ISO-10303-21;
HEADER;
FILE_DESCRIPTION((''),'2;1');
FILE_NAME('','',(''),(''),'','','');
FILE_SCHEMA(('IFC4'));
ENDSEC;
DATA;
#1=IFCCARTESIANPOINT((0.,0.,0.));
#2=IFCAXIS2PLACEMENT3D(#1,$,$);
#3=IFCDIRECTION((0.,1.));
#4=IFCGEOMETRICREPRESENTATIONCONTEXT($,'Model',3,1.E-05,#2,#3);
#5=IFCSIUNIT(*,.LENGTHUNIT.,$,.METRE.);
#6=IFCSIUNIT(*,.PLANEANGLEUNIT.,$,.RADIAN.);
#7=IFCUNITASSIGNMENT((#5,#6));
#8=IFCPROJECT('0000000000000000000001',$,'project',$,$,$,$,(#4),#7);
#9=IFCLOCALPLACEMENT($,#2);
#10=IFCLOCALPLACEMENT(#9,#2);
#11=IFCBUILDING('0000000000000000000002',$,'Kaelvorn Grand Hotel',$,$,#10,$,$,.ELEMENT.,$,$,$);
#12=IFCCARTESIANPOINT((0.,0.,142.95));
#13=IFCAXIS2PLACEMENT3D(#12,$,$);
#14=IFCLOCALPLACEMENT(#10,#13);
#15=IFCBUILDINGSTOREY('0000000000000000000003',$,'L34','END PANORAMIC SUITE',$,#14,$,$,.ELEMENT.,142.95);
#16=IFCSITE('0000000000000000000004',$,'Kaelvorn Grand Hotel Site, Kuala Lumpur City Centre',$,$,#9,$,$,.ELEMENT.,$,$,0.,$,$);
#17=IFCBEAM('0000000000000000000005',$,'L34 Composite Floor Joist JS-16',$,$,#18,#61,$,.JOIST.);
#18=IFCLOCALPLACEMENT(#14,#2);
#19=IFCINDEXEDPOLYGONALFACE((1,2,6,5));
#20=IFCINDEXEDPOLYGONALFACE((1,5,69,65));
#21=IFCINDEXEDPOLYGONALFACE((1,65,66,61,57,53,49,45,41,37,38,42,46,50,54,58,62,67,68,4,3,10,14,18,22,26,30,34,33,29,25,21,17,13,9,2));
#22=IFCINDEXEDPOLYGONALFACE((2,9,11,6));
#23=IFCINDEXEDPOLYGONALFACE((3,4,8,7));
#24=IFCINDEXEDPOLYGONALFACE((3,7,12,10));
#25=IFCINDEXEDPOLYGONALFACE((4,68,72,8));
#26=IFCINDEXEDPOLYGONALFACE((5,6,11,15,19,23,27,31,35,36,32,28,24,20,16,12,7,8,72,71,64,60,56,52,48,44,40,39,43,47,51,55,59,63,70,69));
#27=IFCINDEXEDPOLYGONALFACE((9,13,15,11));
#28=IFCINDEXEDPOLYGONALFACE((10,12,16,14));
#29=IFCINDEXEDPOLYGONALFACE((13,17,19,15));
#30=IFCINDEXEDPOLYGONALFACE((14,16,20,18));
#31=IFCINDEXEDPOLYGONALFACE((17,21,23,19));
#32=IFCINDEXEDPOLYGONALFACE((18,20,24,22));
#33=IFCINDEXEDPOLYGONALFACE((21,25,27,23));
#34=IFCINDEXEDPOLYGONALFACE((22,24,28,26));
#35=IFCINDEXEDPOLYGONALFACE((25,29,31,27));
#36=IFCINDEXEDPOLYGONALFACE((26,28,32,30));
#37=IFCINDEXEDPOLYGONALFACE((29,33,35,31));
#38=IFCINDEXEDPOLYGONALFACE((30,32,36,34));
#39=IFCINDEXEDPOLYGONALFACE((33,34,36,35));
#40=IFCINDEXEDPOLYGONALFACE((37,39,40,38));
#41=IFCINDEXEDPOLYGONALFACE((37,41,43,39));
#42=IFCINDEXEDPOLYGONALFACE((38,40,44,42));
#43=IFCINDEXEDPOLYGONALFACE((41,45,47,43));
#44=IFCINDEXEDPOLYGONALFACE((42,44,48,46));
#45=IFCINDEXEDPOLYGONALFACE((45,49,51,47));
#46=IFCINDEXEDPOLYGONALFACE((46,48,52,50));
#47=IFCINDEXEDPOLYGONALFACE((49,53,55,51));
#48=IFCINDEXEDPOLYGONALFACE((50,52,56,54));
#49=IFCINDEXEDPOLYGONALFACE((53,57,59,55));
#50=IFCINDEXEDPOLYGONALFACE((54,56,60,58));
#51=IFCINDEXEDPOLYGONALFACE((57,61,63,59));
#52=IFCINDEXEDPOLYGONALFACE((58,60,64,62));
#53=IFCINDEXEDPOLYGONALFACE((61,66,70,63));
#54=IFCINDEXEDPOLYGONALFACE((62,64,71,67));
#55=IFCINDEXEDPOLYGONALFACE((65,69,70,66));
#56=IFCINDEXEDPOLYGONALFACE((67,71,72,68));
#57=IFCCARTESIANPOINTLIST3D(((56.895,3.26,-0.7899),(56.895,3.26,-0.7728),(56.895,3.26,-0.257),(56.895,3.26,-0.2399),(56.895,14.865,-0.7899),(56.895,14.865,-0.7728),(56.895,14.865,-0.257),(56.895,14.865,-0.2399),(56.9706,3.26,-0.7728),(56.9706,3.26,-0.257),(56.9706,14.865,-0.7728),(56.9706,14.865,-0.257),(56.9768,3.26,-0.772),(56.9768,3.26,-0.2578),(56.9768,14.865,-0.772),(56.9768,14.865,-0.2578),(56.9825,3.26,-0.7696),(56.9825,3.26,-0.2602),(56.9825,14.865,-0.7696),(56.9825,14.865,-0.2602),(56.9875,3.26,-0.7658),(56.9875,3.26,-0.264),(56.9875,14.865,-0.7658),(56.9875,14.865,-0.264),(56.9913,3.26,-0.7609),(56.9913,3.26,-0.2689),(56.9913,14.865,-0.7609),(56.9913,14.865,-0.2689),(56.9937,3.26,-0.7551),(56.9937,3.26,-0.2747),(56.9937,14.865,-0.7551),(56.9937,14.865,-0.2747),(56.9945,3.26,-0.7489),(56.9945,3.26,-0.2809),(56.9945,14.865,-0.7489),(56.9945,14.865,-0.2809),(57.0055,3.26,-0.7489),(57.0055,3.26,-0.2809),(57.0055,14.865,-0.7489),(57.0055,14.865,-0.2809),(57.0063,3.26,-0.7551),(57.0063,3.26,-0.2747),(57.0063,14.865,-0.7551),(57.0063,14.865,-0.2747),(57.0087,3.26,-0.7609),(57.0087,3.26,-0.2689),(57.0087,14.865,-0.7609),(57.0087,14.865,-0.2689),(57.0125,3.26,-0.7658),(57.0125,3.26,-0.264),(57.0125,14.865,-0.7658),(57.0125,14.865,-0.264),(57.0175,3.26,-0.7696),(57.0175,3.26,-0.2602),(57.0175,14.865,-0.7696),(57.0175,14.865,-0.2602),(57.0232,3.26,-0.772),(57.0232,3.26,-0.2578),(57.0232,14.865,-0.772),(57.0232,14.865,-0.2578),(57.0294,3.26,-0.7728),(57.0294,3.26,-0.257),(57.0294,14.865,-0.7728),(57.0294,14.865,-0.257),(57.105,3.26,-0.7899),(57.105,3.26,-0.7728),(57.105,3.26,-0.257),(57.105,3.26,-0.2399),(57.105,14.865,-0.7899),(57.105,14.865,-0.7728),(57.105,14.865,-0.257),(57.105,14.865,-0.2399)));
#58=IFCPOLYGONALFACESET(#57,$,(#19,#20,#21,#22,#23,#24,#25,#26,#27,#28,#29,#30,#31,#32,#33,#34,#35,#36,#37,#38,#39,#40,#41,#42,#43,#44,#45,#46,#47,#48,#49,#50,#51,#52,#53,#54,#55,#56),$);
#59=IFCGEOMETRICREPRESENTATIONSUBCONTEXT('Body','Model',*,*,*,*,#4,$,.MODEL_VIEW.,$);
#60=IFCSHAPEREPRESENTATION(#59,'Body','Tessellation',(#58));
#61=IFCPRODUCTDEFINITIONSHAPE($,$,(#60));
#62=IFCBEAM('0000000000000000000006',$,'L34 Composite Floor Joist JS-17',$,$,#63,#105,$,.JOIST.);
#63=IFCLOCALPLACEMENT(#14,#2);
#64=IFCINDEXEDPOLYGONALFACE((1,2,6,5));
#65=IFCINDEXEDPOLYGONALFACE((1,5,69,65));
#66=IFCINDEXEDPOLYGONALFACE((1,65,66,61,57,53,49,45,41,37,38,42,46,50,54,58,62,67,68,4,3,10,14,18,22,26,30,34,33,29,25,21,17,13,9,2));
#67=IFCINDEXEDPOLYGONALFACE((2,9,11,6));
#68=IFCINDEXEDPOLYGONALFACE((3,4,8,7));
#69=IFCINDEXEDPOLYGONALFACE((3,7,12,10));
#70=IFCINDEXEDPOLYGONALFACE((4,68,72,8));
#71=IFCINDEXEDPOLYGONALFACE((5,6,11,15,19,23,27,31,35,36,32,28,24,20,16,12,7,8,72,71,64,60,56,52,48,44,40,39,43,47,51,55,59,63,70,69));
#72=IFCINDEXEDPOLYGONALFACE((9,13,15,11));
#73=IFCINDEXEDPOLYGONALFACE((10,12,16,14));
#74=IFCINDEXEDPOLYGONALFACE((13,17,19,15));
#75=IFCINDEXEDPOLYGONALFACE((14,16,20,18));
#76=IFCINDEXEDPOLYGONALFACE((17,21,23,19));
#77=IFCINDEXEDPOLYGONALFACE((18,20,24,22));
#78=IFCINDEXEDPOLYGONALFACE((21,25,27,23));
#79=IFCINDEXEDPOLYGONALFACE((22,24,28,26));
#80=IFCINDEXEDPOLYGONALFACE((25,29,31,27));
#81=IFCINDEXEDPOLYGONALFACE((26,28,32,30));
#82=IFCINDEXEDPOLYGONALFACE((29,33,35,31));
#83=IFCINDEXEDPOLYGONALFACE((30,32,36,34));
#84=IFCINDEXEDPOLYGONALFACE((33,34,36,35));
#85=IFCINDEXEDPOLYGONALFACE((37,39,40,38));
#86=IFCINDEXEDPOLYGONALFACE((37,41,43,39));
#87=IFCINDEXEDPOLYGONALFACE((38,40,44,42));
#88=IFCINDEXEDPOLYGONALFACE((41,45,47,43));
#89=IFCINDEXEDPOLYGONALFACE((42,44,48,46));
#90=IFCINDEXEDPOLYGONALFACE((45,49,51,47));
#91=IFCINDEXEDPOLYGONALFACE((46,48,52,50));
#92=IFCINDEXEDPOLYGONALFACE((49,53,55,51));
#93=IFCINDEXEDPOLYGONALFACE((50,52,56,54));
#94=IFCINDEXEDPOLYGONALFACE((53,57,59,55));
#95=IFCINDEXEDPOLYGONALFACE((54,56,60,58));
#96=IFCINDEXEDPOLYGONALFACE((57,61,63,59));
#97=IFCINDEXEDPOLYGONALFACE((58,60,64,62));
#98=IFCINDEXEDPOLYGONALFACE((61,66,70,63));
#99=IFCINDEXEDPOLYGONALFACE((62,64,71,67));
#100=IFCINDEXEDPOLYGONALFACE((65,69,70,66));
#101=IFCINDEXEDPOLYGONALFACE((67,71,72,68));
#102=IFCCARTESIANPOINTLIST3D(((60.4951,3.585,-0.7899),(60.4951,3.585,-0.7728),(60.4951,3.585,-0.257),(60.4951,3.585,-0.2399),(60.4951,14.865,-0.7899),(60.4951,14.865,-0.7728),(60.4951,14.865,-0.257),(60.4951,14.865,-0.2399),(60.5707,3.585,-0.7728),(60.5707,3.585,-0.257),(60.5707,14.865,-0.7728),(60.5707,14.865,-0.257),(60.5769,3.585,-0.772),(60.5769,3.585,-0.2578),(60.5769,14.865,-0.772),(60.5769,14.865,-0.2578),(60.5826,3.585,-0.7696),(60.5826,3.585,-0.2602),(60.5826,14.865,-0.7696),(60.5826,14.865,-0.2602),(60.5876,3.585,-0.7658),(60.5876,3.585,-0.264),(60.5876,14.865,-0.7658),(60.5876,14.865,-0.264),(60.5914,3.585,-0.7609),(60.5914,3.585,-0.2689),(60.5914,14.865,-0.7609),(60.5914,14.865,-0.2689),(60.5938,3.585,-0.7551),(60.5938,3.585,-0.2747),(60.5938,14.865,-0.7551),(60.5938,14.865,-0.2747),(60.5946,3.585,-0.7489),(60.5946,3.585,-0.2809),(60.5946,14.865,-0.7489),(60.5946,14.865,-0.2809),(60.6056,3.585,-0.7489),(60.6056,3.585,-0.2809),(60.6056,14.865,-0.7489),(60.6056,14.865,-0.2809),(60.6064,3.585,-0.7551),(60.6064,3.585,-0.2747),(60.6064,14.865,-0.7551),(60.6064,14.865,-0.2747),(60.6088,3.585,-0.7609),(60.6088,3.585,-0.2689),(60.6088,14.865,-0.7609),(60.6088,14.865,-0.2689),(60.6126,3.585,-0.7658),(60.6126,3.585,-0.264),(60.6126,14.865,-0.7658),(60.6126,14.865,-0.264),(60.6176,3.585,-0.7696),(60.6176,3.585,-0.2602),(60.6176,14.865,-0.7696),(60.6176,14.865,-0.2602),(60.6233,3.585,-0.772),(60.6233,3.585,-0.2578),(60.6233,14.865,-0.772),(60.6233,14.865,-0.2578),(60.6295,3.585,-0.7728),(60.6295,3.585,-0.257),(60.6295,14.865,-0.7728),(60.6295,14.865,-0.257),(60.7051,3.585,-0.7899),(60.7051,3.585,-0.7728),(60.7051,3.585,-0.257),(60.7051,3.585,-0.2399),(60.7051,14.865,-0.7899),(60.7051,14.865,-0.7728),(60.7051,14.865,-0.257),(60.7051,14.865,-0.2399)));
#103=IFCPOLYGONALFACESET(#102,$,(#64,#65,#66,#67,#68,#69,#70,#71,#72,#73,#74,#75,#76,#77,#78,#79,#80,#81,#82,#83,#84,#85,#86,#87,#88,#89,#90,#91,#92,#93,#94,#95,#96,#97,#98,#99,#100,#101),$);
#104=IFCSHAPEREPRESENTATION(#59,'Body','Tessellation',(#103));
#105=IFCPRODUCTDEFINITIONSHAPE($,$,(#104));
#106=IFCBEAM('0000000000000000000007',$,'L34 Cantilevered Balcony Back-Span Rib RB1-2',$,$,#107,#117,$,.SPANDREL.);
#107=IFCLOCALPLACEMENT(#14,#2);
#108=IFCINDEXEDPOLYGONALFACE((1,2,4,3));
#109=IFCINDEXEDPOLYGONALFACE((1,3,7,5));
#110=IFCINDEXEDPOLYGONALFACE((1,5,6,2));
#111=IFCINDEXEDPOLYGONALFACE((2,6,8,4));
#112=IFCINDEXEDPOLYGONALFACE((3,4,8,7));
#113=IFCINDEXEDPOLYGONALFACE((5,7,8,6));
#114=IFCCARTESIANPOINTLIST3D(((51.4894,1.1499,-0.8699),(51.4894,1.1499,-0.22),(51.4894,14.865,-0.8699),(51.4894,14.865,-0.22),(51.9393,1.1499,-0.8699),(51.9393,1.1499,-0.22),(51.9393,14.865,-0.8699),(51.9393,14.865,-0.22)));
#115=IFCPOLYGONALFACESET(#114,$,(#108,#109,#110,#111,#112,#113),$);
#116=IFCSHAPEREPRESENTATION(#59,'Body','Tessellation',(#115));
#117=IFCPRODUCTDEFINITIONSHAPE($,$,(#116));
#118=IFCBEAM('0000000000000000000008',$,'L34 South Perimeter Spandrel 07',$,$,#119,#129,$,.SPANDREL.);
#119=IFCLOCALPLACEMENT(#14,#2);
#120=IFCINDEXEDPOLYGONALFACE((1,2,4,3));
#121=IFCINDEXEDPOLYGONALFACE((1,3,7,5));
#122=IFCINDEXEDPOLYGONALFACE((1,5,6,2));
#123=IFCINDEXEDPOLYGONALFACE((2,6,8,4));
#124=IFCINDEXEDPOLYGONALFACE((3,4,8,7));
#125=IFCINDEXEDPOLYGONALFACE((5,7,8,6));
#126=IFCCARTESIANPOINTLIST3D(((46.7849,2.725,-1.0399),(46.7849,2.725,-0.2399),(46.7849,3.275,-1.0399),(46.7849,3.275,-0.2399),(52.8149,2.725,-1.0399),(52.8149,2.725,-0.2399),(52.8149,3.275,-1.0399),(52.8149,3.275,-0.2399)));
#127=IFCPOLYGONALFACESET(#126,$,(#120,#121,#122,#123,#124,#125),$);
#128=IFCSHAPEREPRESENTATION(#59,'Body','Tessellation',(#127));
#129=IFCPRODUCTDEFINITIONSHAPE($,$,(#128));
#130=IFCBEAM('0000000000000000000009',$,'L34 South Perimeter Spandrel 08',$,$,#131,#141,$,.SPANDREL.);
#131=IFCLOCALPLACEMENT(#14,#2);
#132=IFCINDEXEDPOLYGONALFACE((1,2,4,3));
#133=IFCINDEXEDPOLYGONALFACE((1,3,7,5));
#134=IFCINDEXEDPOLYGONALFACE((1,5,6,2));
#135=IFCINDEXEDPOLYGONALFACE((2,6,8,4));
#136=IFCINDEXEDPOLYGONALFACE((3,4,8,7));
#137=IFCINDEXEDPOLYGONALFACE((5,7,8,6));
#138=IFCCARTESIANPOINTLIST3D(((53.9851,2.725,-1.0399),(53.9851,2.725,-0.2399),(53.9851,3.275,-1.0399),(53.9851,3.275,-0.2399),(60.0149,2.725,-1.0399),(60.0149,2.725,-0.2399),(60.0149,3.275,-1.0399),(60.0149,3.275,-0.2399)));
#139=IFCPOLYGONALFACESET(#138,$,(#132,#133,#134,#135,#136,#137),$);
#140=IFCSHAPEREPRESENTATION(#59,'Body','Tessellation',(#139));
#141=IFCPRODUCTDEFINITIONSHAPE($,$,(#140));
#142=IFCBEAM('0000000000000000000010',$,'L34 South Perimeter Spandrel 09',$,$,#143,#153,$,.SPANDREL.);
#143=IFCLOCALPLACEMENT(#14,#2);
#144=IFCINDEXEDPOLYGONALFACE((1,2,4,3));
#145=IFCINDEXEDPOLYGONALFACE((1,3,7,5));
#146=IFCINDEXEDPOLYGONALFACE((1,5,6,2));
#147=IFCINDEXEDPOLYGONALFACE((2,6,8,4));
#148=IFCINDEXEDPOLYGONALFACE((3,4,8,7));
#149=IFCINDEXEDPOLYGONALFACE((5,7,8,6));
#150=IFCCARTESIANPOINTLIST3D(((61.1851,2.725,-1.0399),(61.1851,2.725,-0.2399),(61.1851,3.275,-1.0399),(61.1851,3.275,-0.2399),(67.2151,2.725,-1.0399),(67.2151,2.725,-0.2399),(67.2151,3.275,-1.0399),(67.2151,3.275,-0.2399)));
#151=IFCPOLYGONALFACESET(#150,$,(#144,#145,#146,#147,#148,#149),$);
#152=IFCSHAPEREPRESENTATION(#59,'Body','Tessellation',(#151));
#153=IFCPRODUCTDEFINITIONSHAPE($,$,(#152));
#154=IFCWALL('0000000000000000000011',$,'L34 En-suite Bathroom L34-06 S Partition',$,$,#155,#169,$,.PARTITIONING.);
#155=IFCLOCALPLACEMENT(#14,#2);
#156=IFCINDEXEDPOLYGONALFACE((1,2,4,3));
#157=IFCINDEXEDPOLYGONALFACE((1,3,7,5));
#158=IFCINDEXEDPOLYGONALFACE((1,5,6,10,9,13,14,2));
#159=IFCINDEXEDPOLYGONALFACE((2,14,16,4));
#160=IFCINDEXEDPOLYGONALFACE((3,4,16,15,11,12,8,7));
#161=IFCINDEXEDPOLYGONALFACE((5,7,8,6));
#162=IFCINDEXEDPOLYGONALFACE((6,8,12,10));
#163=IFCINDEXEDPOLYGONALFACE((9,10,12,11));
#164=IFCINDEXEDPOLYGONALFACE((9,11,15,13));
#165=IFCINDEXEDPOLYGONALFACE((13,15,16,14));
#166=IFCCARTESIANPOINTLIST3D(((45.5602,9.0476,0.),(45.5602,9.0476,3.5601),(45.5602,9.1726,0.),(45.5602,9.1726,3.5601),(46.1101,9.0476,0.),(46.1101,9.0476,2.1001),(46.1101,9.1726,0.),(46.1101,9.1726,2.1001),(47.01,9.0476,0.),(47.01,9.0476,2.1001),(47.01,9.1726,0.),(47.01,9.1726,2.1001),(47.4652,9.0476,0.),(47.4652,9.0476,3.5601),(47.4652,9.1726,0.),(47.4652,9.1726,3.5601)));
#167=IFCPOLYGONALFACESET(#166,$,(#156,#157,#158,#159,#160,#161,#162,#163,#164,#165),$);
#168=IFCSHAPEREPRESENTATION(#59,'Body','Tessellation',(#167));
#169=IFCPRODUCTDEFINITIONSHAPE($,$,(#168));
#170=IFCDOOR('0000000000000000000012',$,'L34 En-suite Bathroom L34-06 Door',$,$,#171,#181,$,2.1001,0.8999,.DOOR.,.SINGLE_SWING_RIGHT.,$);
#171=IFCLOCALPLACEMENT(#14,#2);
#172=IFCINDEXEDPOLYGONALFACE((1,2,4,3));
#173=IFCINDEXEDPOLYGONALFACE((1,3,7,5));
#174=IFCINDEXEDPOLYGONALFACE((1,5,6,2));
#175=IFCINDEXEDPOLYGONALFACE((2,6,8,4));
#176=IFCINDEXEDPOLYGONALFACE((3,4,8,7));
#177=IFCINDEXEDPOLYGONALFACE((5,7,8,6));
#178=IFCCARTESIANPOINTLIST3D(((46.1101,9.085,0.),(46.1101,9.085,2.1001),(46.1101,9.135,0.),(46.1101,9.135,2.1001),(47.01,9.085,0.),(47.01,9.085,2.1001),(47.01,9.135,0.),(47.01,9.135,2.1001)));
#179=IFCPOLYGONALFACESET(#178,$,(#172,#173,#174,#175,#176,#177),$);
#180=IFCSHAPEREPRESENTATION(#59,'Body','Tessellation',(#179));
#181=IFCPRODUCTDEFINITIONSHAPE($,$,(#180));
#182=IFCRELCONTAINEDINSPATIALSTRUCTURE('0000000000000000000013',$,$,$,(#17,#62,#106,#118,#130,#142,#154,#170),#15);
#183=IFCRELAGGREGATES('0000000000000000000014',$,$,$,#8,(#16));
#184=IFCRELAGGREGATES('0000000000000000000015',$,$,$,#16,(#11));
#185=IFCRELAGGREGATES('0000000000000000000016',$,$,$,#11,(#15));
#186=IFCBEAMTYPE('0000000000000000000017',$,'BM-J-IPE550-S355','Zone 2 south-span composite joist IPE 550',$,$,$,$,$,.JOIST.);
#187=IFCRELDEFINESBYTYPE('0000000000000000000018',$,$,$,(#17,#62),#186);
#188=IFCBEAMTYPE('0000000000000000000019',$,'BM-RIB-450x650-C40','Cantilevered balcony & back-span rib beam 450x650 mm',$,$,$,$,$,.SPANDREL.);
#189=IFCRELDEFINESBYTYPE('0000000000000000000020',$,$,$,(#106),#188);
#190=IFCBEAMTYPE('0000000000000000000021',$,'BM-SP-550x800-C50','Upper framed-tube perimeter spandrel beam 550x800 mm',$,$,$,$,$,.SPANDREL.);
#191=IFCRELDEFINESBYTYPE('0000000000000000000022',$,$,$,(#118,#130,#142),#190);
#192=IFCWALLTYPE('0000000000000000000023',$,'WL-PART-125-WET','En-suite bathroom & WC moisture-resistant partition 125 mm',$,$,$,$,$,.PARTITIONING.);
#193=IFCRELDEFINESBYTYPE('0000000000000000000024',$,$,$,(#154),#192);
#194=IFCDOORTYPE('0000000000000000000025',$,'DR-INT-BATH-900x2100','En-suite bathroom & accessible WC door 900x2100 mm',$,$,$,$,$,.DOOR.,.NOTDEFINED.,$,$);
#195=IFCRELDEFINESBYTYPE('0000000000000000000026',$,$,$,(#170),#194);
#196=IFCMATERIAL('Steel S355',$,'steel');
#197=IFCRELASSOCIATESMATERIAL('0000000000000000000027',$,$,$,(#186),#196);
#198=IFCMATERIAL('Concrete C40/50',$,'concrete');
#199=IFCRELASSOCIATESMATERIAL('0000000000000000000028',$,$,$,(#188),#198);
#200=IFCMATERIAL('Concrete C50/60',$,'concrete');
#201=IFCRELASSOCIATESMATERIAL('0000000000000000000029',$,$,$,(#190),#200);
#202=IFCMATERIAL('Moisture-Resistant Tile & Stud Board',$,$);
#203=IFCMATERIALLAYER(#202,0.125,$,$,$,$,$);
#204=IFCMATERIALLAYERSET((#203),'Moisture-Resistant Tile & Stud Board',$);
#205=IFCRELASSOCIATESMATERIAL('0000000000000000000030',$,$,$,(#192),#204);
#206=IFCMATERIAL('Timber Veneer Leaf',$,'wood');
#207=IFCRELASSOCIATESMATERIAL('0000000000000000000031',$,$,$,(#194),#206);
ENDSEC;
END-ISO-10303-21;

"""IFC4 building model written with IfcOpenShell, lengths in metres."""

from ifc_helpers import new_model, si_unit, direction, frame, frame_2d, origin, origin_2d, place, context, subcontext, project, spatial, rectangle, i_section, extrude, material, layer, layer_set, material_profile, profile_set, type_object, element, fill, save


model = new_model("IFC4")

# Units and contexts
model_context = context("Model", 3, precision=1e-05, world=origin(), true_north=direction((0.0, 1.0)))
body_context = subcontext(model_context, "Body", "Model", "MODEL_VIEW")
ifc_project = project(units=[si_unit("LENGTHUNIT", "METRE"), si_unit("PLANEANGLEUNIT", "RADIAN")], contexts=[model_context])

# Site, building, storey
site_placement = place(None, origin())
site = spatial("IfcSite", under=ifc_project, at=site_placement, Name="Kaelvorn Grand Hotel Site, Kuala Lumpur City Centre", CompositionType="ELEMENT", RefElevation=0.0)
building_placement = place(site_placement, origin())
building = spatial("IfcBuilding", under=site, at=building_placement, Name="Kaelvorn Grand Hotel", CompositionType="ELEMENT")
storey_placement = place(building_placement, frame((0.0, 0.0, 142.95)))
storey = spatial("IfcBuildingStorey", under=building, at=storey_placement, Name="L34", Description="END PANORAMIC SUITE", CompositionType="ELEMENT", Elevation=142.95)

# Beams
ifc_material_1 = material(Name="Steel S355", Category="steel")
ifc_material_profile_1 = material_profile(ifc_material_1, i_section(OverallWidth=0.21, OverallDepth=0.55, WebThickness=0.011, FlangeThickness=0.0171, FilletRadius=0.0239, at=origin_2d()), Name="IPE 550")
ifc_profile_set_1 = profile_set([ifc_material_profile_1], Name="Steel S355")
beam_type_1 = type_object("IfcBeamType", Name="BM-J-IPE550-S355", Description="Zone 2 south-span composite joist IPE 550", PredefinedType="JOIST", material=ifc_profile_set_1)
beam_1_placement = place(storey_placement, frame((57.0, 3.26, -0.5149), z_axis=(0.0, 1.0, 0.0), x_axis=(-1.0, 0.0, 0.0)))
element("IfcBeam", 1, at=beam_1_placement, inside=storey, type_object=beam_type_1, Name="L34 Composite Floor Joist JS-16", PredefinedType="JOIST", context=body_context, shape_type="SweptSolid", body=[
    extrude(i_section(OverallWidth=0.21, OverallDepth=0.55, WebThickness=0.011, FlangeThickness=0.0171, FilletRadius=0.0239, at=origin_2d()), origin(), (0.0, 0.0, 1.0), 11.605),
])
beam_2_placement = place(storey_placement, frame((60.6001, 3.585, -0.5149), z_axis=(0.0, 1.0, 0.0), x_axis=(-1.0, 0.0, 0.0)))
element("IfcBeam", 2, at=beam_2_placement, inside=storey, type_object=beam_type_1, Name="L34 Composite Floor Joist JS-17", PredefinedType="JOIST", context=body_context, shape_type="SweptSolid", body=[
    extrude(i_section(OverallWidth=0.21, OverallDepth=0.55, WebThickness=0.011, FlangeThickness=0.0171, FilletRadius=0.0239, at=origin_2d()), origin(), (0.0, 0.0, 1.0), 11.28),
])
ifc_material_2 = material(Name="Concrete C40/50", Category="concrete")
ifc_material_profile_2 = material_profile(ifc_material_2, rectangle(XDim=0.45, YDim=0.6499, at=origin_2d()), Name="RC RIB 450x650")
ifc_profile_set_2 = profile_set([ifc_material_profile_2], Name="Concrete C40/50")
beam_type_2 = type_object("IfcBeamType", Name="BM-RIB-450x650-C40", Description="Cantilevered balcony & back-span rib beam 450x650 mm", PredefinedType="SPANDREL", material=ifc_profile_set_2)
beam_3_placement = place(storey_placement, frame((51.7144, 1.1499, -0.5449), z_axis=(0.0, 1.0, 0.0), x_axis=(-1.0, 0.0, 0.0)))
element("IfcBeam", 3, at=beam_3_placement, inside=storey, type_object=beam_type_2, Name="L34 Cantilevered Balcony Back-Span Rib RB1-2", PredefinedType="SPANDREL", context=body_context, shape_type="SweptSolid", body=[
    extrude(rectangle(XDim=0.45, YDim=0.6499, at=origin_2d()), origin(), (0.0, 0.0, 1.0), 13.7151),
])
ifc_material_3 = material(Name="Concrete C50/60", Category="concrete")
ifc_material_profile_3 = material_profile(ifc_material_3, rectangle(XDim=0.55, YDim=0.8, at=origin_2d()), Name="RC SPANDREL 550x800")
ifc_profile_set_3 = profile_set([ifc_material_profile_3], Name="Concrete C50/60")
beam_type_3 = type_object("IfcBeamType", Name="BM-SP-550x800-C50", Description="Upper framed-tube perimeter spandrel beam 550x800 mm", PredefinedType="SPANDREL", material=ifc_profile_set_3)
beam_4_placement = place(storey_placement, frame((46.7849, 3.0, -0.6399), z_axis=(1.0, 0.0, 0.0), x_axis=(0.0, 1.0, 0.0)))
element("IfcBeam", 4, at=beam_4_placement, inside=storey, type_object=beam_type_3, Name="L34 South Perimeter Spandrel 07", PredefinedType="SPANDREL", context=body_context, shape_type="SweptSolid", body=[
    extrude(rectangle(XDim=0.55, YDim=0.8, at=origin_2d()), origin(), (0.0, 0.0, 1.0), 6.03),
])
beam_5_placement = place(storey_placement, frame((53.9851, 3.0, -0.6399), z_axis=(1.0, 0.0, 0.0), x_axis=(0.0, 1.0, 0.0)))
element("IfcBeam", 5, at=beam_5_placement, inside=storey, type_object=beam_type_3, Name="L34 South Perimeter Spandrel 08", PredefinedType="SPANDREL", context=body_context, shape_type="SweptSolid", body=[
    extrude(rectangle(XDim=0.55, YDim=0.8, at=origin_2d()), origin(), (0.0, 0.0, 1.0), 6.0298),
])
beam_6_placement = place(storey_placement, frame((61.1851, 3.0, -0.6399), z_axis=(1.0, 0.0, 0.0), x_axis=(0.0, 1.0, 0.0)))
element("IfcBeam", 6, at=beam_6_placement, inside=storey, type_object=beam_type_3, Name="L34 South Perimeter Spandrel 09", PredefinedType="SPANDREL", context=body_context, shape_type="SweptSolid", body=[
    extrude(rectangle(XDim=0.55, YDim=0.8, at=origin_2d()), origin(), (0.0, 0.0, 1.0), 6.03),
])

# Wall, opening, door
ifc_material_4 = material(Name="Moisture-Resistant Tile & Stud Board")
ifc_layer_1 = layer(ifc_material_4, 0.125)
ifc_layer_set_1 = layer_set([ifc_layer_1], Name="Moisture-Resistant Tile & Stud Board")
wall_type_1 = type_object("IfcWallType", Name="WL-PART-125-WET", Description="En-suite bathroom & WC moisture-resistant partition 125 mm", PredefinedType="PARTITIONING", material=ifc_layer_set_1)
wall_1_placement = place(storey_placement, frame((45.5601, 9.1101, 0.0), z_axis=(0.0, 0.0, 1.0), x_axis=(1.0, 0.0, 0.0)))
wall_1 = element("IfcWall", 7, at=wall_1_placement, inside=storey, type_object=wall_type_1, Name="L34 En-suite Bathroom L34-06 S Partition", PredefinedType="PARTITIONING", context=body_context, shape_type="SweptSolid", body=[
    extrude(rectangle(XDim=1.905, YDim=0.125, at=frame_2d((0.9526, 0.0))), origin(), (0.0, 0.0, 1.0), 3.5601),
])
opening_1_placement = place(wall_1_placement, frame((0.55, 0.0, 0.0)))
opening_1 = element("IfcOpeningElement", 8, at=opening_1_placement, cuts=wall_1, PredefinedType="OPENING", context=body_context, shape_type="SweptSolid", body=[
    extrude(rectangle(XDim=0.8999, YDim=2.1001, at=frame_2d((0.45, 1.05))), frame((0.0, 0.0725, 0.0), z_axis=(0.0, -1.0, 0.0), x_axis=(1.0, 0.0, 0.0)), (0.0, 0.0, 1.0), 0.145),
])
ifc_material_5 = material(Name="Timber Veneer Leaf", Category="wood")
door_type = type_object("IfcDoorType", Name="DR-INT-BATH-900x2100", Description="En-suite bathroom & accessible WC door 900x2100 mm", OperationType="NOTDEFINED", PredefinedType="DOOR", material=ifc_material_5)
door_1_placement = place(opening_1_placement, origin())
door_1 = element("IfcDoor", 9, at=door_1_placement, inside=storey, type_object=door_type, Name="L34 En-suite Bathroom L34-06 Door", OperationType="SINGLE_SWING_RIGHT", OverallHeight=2.1001, OverallWidth=0.8999, PredefinedType="DOOR", context=body_context, shape_type="SweptSolid", body=[
    extrude(rectangle(XDim=0.8999, YDim=2.1001, at=frame_2d((0.45, 1.05))), frame((0.0, 0.0249, 0.0), z_axis=(0.0, -1.0, 0.0), x_axis=(1.0, 0.0, 0.0)), (0.0, 0.0, 1.0), 0.05),
])
fill(opening_1, door_1)

save(model, "model.ifc")
